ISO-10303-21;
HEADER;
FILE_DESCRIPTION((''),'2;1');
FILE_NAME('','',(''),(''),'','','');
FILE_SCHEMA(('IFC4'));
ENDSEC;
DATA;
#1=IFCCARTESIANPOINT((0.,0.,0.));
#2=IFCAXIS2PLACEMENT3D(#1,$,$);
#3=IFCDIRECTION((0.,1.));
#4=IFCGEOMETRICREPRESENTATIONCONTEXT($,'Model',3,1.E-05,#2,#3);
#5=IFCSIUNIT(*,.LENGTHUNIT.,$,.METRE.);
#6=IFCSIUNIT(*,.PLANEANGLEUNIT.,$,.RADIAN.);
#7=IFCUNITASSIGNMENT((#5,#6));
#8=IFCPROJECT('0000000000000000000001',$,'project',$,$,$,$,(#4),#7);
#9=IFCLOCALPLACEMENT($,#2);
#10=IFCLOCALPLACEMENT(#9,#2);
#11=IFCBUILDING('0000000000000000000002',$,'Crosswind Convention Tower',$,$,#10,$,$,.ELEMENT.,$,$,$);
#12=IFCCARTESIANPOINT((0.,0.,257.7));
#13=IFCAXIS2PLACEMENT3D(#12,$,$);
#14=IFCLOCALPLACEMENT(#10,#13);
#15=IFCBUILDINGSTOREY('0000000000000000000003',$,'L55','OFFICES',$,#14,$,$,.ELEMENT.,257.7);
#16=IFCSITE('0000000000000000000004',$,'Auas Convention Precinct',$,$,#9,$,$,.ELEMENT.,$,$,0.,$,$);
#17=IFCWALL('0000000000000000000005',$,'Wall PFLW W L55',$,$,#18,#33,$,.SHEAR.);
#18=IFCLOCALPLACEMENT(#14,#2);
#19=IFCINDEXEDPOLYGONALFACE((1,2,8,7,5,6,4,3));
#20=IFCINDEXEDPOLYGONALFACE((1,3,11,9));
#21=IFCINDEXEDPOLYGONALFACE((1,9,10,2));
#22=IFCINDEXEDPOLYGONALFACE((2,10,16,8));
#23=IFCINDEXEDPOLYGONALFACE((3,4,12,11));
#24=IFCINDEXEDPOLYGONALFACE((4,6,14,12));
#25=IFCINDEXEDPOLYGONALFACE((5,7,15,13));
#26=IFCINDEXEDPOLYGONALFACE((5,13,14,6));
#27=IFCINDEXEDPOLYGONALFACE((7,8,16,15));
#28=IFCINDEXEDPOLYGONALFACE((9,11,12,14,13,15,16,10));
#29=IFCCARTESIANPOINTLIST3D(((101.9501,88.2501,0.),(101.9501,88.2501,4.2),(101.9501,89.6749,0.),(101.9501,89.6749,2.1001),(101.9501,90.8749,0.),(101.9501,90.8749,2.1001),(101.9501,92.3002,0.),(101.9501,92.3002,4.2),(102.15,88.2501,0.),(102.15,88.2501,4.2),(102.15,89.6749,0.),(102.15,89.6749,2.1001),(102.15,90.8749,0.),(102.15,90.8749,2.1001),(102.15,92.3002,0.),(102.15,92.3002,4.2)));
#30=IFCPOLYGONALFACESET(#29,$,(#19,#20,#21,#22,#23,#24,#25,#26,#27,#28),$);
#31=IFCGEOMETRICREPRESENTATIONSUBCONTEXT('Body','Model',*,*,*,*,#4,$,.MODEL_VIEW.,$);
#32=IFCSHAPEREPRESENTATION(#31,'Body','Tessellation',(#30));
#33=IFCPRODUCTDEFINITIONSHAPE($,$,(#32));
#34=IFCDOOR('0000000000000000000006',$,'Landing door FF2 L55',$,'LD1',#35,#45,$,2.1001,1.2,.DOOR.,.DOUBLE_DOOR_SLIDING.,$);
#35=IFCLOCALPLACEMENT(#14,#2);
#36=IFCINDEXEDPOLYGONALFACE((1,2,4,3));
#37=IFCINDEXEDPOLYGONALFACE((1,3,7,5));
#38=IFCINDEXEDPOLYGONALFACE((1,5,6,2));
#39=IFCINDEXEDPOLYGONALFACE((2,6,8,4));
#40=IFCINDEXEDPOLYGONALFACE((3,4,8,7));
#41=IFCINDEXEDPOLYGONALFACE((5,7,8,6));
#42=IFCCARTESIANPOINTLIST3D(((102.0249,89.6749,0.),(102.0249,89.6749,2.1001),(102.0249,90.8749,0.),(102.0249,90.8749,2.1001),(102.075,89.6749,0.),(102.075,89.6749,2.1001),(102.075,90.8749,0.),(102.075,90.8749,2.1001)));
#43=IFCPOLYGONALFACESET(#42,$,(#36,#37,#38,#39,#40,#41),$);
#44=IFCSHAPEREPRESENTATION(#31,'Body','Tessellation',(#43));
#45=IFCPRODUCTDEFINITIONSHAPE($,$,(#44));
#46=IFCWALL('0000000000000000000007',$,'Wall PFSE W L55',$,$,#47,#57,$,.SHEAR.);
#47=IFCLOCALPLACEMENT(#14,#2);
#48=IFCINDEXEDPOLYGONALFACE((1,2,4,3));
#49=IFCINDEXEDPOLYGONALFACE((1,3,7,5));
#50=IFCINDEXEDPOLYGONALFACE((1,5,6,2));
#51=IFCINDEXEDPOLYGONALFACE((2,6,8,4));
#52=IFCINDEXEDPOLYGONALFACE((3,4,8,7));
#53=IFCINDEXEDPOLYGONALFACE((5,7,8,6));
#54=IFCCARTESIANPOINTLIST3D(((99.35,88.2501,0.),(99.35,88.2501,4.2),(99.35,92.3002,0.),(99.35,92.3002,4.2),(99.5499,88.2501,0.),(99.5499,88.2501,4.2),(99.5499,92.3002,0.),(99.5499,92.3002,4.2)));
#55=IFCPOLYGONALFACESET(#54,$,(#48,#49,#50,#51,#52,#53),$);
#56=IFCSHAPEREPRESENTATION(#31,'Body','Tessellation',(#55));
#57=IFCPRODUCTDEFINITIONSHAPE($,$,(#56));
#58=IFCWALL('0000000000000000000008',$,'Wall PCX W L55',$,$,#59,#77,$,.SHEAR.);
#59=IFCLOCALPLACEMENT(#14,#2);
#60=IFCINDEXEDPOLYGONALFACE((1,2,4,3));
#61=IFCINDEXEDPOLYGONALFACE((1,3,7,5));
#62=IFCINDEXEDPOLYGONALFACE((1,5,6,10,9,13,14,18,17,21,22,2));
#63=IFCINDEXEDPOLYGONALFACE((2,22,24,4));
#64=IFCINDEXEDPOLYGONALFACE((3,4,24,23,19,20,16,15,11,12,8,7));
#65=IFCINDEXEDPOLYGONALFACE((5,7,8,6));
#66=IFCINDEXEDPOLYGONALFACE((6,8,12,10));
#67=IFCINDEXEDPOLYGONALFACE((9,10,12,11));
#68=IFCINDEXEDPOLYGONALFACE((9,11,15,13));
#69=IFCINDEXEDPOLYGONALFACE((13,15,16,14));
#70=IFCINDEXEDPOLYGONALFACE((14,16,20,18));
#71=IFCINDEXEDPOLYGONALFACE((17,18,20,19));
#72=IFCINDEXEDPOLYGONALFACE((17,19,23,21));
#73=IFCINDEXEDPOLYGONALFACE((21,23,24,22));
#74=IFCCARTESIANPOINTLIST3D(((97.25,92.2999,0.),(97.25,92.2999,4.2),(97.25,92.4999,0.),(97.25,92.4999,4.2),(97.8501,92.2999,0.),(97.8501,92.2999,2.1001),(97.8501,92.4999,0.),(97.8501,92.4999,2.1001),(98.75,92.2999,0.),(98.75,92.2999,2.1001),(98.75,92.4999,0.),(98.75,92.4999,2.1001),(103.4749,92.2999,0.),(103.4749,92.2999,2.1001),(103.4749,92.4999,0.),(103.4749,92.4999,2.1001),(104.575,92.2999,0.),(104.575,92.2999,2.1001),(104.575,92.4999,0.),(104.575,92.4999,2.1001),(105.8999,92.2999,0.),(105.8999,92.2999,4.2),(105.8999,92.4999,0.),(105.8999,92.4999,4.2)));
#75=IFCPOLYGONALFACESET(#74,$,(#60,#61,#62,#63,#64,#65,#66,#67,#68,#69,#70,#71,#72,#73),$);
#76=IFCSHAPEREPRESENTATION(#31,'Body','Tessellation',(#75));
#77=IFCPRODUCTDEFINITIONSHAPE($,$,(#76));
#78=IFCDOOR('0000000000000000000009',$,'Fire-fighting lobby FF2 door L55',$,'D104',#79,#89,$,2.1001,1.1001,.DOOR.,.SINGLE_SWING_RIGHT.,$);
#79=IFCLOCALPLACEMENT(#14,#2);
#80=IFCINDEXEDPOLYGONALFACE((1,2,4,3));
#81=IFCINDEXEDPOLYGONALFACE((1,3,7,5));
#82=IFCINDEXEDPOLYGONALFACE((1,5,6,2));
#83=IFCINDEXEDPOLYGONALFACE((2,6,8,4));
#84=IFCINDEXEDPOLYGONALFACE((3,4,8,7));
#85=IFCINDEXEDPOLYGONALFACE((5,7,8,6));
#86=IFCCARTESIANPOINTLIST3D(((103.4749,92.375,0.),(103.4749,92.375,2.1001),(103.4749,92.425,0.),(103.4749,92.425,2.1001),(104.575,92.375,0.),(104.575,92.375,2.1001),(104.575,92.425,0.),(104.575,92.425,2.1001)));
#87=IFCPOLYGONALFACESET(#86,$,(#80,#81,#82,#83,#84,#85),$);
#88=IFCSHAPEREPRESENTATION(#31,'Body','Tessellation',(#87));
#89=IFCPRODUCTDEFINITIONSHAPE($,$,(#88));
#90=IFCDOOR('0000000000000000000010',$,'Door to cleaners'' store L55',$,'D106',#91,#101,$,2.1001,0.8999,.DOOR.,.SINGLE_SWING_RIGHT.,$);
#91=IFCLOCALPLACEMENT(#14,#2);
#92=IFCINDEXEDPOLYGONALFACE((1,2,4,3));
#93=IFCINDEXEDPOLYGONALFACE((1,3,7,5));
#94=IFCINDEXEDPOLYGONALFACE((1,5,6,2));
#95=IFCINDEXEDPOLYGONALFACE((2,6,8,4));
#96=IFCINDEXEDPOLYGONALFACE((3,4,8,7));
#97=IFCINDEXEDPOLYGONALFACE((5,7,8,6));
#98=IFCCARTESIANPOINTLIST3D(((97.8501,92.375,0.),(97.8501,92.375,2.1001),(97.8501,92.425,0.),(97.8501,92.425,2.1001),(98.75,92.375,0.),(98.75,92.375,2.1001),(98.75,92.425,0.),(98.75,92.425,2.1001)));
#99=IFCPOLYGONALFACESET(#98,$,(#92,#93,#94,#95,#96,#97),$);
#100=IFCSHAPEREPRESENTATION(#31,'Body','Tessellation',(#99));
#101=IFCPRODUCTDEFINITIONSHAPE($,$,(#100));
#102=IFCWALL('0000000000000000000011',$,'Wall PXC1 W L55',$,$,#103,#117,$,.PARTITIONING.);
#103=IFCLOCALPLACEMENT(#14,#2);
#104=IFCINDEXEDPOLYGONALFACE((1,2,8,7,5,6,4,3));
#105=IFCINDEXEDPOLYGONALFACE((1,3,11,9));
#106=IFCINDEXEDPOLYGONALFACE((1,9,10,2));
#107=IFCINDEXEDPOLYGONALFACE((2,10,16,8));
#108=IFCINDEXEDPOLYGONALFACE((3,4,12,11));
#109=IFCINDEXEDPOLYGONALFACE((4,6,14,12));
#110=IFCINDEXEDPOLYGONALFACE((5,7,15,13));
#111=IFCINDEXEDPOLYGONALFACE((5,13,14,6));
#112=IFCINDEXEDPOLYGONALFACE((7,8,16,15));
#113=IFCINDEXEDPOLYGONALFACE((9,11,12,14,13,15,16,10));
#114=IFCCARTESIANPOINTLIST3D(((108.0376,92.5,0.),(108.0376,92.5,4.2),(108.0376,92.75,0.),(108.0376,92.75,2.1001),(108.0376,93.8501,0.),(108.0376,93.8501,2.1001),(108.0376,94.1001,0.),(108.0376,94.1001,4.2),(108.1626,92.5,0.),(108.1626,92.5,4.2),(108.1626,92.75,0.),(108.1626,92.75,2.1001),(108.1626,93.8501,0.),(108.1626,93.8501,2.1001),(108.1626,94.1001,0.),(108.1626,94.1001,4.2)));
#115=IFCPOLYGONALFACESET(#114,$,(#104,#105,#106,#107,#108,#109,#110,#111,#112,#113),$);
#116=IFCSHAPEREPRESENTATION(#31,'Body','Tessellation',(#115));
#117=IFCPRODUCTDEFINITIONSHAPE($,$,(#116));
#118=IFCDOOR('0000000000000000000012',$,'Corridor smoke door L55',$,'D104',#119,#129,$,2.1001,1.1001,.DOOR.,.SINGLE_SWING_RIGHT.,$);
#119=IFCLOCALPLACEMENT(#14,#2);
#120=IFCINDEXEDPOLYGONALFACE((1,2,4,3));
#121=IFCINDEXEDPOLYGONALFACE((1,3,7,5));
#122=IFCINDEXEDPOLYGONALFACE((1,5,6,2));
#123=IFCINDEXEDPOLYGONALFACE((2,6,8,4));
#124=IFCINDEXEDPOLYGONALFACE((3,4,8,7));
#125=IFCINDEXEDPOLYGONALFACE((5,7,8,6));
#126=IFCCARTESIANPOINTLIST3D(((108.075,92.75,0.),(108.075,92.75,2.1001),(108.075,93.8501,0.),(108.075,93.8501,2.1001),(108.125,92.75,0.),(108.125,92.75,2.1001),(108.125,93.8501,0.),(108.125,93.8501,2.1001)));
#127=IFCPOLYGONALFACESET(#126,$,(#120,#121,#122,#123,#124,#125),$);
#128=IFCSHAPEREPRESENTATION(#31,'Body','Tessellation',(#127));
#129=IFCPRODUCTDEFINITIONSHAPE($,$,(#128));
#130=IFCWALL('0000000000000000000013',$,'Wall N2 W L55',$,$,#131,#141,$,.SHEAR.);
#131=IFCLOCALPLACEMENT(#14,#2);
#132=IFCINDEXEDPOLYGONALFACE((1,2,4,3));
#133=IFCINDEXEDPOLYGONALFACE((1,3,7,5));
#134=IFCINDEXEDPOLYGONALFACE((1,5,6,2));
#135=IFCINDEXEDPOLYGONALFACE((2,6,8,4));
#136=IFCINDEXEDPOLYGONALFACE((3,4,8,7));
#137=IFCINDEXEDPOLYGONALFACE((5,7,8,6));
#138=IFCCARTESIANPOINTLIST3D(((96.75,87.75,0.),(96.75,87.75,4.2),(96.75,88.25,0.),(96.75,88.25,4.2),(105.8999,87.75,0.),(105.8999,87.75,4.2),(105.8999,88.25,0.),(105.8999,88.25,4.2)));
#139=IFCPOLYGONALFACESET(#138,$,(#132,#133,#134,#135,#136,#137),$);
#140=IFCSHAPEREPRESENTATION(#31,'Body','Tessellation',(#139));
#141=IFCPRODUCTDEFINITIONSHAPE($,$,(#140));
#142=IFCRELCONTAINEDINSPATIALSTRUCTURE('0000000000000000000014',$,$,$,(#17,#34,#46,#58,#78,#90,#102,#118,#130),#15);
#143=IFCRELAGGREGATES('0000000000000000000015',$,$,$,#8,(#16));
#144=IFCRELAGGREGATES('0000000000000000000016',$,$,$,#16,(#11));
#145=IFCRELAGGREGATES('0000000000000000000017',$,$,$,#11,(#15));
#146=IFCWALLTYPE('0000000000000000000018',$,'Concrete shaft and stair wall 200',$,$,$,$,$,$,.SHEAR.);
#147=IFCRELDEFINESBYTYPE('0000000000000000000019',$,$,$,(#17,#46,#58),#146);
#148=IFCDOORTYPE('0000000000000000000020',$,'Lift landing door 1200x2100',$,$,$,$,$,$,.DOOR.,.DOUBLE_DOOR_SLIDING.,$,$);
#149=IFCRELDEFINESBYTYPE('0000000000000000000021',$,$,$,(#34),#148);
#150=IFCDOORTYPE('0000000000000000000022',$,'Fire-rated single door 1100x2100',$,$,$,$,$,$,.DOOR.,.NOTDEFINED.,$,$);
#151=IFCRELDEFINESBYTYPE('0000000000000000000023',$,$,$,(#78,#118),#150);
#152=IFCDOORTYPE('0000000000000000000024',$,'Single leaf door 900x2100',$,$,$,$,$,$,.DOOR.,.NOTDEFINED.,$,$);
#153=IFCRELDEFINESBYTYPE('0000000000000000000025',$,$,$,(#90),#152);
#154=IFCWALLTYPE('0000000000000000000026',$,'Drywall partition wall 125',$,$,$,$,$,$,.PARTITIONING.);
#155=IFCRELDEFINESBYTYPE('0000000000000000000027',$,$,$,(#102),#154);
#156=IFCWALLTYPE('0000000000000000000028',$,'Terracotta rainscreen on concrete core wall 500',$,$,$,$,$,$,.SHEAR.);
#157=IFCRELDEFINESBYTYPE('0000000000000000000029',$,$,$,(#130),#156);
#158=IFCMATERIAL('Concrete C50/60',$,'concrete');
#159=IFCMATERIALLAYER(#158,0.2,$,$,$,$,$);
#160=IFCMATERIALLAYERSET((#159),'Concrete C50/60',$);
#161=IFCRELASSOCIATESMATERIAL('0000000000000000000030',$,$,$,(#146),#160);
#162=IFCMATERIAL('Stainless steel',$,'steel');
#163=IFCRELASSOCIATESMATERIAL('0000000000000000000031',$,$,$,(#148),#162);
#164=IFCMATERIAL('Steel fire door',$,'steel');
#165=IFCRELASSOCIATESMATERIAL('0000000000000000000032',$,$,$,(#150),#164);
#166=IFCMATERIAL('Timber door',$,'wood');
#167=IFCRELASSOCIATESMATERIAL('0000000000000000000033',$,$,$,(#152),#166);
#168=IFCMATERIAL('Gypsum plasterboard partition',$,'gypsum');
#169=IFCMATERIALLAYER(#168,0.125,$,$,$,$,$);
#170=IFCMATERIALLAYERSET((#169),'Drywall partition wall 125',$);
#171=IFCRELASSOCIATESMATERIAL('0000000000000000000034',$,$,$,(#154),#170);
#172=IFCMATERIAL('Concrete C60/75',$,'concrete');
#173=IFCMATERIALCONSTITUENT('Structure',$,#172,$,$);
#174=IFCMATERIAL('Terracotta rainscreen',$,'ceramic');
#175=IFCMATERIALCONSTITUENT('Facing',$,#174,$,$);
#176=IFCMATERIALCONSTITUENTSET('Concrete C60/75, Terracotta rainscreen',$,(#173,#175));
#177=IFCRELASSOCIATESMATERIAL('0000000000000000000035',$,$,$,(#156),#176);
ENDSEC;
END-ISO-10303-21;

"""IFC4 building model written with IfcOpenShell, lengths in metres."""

from ifc_helpers import new_model, si_unit, direction, frame, frame_2d, origin, place, context, subcontext, project, spatial, rectangle, extrude, material, layer, layer_set, constituent, constituent_set, type_object, element, fill, save


model = new_model("IFC4")

# Units and contexts
model_context = context("Model", 3, precision=1e-05, world=origin(), true_north=direction((0.0, 1.0)))
body_context = subcontext(model_context, "Body", "Model", "MODEL_VIEW")
ifc_project = project(units=[si_unit("LENGTHUNIT", "METRE"), si_unit("PLANEANGLEUNIT", "RADIAN")], contexts=[model_context])

# Site, building, storey
site_placement = place(None, origin())
site = spatial("IfcSite", under=ifc_project, at=site_placement, Name="Auas Convention Precinct", CompositionType="ELEMENT", RefElevation=0.0)
building_placement = place(site_placement, origin())
building = spatial("IfcBuilding", under=site, at=building_placement, Name="Crosswind Convention Tower", CompositionType="ELEMENT")
storey_placement = place(building_placement, frame((0.0, 0.0, 257.7)))
storey = spatial("IfcBuildingStorey", under=building, at=storey_placement, Name="L55", Description="OFFICES", CompositionType="ELEMENT", Elevation=257.7)

# Shared definitions
ifc_material_1 = material(Name="Concrete C50/60", Category="concrete")
ifc_layer_1 = layer(ifc_material_1, 0.2)
ifc_layer_set_1 = layer_set([ifc_layer_1], Name="Concrete C50/60")
wall_type_1 = type_object("IfcWallType", Name="Concrete shaft and stair wall 200", PredefinedType="SHEAR", material=ifc_layer_set_1)

# Wall, opening, door
wall_1_placement = place(storey_placement, frame((102.05, 92.3, 0.0), z_axis=(0.0, 0.0, 1.0), x_axis=(0.0, -1.0, 0.0)))
wall_1 = element("IfcWall", 1, at=wall_1_placement, inside=storey, type_object=wall_type_1, Name="Wall PFLW W L55", PredefinedType="SHEAR", context=body_context, shape_type="SweptSolid", body=[
    extrude(rectangle(XDim=4.05, YDim=0.2, at=frame_2d((2.0249, 0.0))), origin(), (0.0, 0.0, 1.0), 4.2),
])
opening_1_placement = place(wall_1_placement, frame((1.425, 0.0, 0.0)))
opening_1 = element("IfcOpeningElement", 2, at=opening_1_placement, cuts=wall_1, PredefinedType="OPENING", context=body_context, shape_type="SweptSolid", body=[
    extrude(rectangle(XDim=1.2, YDim=2.1001, at=frame_2d((0.6001, 1.05))), frame((0.0, 0.1099, 0.0), z_axis=(0.0, -1.0, 0.0), x_axis=(1.0, 0.0, 0.0)), (0.0, 0.0, 1.0), 0.22),
])
ifc_material_2 = material(Name="Stainless steel", Category="steel")
door_type_1 = type_object("IfcDoorType", Name="Lift landing door 1200x2100", OperationType="DOUBLE_DOOR_SLIDING", PredefinedType="DOOR", material=ifc_material_2)
door_1_placement = place(opening_1_placement, origin())
door_1 = element("IfcDoor", 3, at=door_1_placement, inside=storey, type_object=door_type_1, Name="Landing door FF2 L55", ObjectType="LD1", OperationType="DOUBLE_DOOR_SLIDING", OverallHeight=2.1001, OverallWidth=1.2, PredefinedType="DOOR", context=body_context, shape_type="SweptSolid", body=[
    extrude(rectangle(XDim=1.2, YDim=2.1001, at=frame_2d((0.6001, 1.05))), frame((0.0, 0.0249, 0.0), z_axis=(0.0, -1.0, 0.0), x_axis=(1.0, 0.0, 0.0)), (0.0, 0.0, 1.0), 0.05),
])
fill(opening_1, door_1)

# Wall
wall_2_placement = place(storey_placement, frame((99.45, 92.3, 0.0), z_axis=(0.0, 0.0, 1.0), x_axis=(0.0, -1.0, 0.0)))
element("IfcWall", 4, at=wall_2_placement, inside=storey, type_object=wall_type_1, Name="Wall PFSE W L55", PredefinedType="SHEAR", context=body_context, shape_type="SweptSolid", body=[
    extrude(rectangle(XDim=4.05, YDim=0.2, at=frame_2d((2.0249, 0.0))), origin(), (0.0, 0.0, 1.0), 4.2),
])

# Wall, openings, doors
wall_3_placement = place(storey_placement, frame((105.8999, 92.3999, 0.0), z_axis=(0.0, 0.0, 1.0), x_axis=(-1.0, 0.0, 0.0)))
wall_3 = element("IfcWall", 5, at=wall_3_placement, inside=storey, type_object=wall_type_1, Name="Wall PCX W L55", PredefinedType="SHEAR", context=body_context, shape_type="SweptSolid", body=[
    extrude(rectangle(XDim=8.6499, YDim=0.2, at=frame_2d((4.325, 0.0))), origin(), (0.0, 0.0, 1.0), 4.2),
])
opening_2_placement = place(wall_3_placement, frame((1.325, 0.0, 0.0)))
opening_2 = element("IfcOpeningElement", 6, at=opening_2_placement, cuts=wall_3, PredefinedType="OPENING", context=body_context, shape_type="SweptSolid", body=[
    extrude(rectangle(XDim=1.1001, YDim=2.1001, at=frame_2d((0.55, 1.05))), frame((0.0, 0.1099, 0.0), z_axis=(0.0, -1.0, 0.0), x_axis=(1.0, 0.0, 0.0)), (0.0, 0.0, 1.0), 0.22),
])
opening_3_placement = place(wall_3_placement, frame((7.1499, 0.0, 0.0)))
opening_3 = element("IfcOpeningElement", 7, at=opening_3_placement, cuts=wall_3, PredefinedType="OPENING", context=body_context, shape_type="SweptSolid", body=[
    extrude(rectangle(XDim=0.8999, YDim=2.1001, at=frame_2d((0.45, 1.05))), frame((0.0, 0.1099, 0.0), z_axis=(0.0, -1.0, 0.0), x_axis=(1.0, 0.0, 0.0)), (0.0, 0.0, 1.0), 0.22),
])
ifc_material_3 = material(Name="Steel fire door", Category="steel")
door_type_2 = type_object("IfcDoorType", Name="Fire-rated single door 1100x2100", OperationType="NOTDEFINED", PredefinedType="DOOR", material=ifc_material_3)
door_2_placement = place(opening_2_placement, origin())
door_2 = element("IfcDoor", 8, at=door_2_placement, inside=storey, type_object=door_type_2, Name="Fire-fighting lobby FF2 door L55", ObjectType="D104", OperationType="SINGLE_SWING_RIGHT", OverallHeight=2.1001, OverallWidth=1.1001, PredefinedType="DOOR", context=body_context, shape_type="SweptSolid", body=[
    extrude(rectangle(XDim=1.1001, YDim=2.1001, at=frame_2d((0.55, 1.05))), frame((0.0, 0.0249, 0.0), z_axis=(0.0, -1.0, 0.0), x_axis=(1.0, 0.0, 0.0)), (0.0, 0.0, 1.0), 0.05),
])
fill(opening_2, door_2)
ifc_material_4 = material(Name="Timber door", Category="wood")
door_type_3 = type_object("IfcDoorType", Name="Single leaf door 900x2100", OperationType="NOTDEFINED", PredefinedType="DOOR", material=ifc_material_4)
door_3_placement = place(opening_3_placement, origin())
door_3 = element("IfcDoor", 9, at=door_3_placement, inside=storey, type_object=door_type_3, Name="Door to cleaners' store L55", ObjectType="D106", OperationType="SINGLE_SWING_RIGHT", OverallHeight=2.1001, OverallWidth=0.8999, PredefinedType="DOOR", context=body_context, shape_type="SweptSolid", body=[
    extrude(rectangle(XDim=0.8999, YDim=2.1001, at=frame_2d((0.45, 1.05))), frame((0.0, 0.0249, 0.0), z_axis=(0.0, -1.0, 0.0), x_axis=(1.0, 0.0, 0.0)), (0.0, 0.0, 1.0), 0.05),
])
fill(opening_3, door_3)

# Wall, opening, door
ifc_material_5 = material(Name="Gypsum plasterboard partition", Category="gypsum")
ifc_layer_2 = layer(ifc_material_5, 0.125)
ifc_layer_set_2 = layer_set([ifc_layer_2], Name="Drywall partition wall 125")
wall_type_2 = type_object("IfcWallType", Name="Drywall partition wall 125", PredefinedType="PARTITIONING", material=ifc_layer_set_2)
wall_4_placement = place(storey_placement, frame((108.1001, 94.1001, 0.0), z_axis=(0.0, 0.0, 1.0), x_axis=(0.0, -1.0, 0.0)))
wall_4 = element("IfcWall", 10, at=wall_4_placement, inside=storey, type_object=wall_type_2, Name="Wall PXC1 W L55", PredefinedType="PARTITIONING", context=body_context, shape_type="SweptSolid", body=[
    extrude(rectangle(XDim=1.6001, YDim=0.125, at=frame_2d((0.8, 0.0))), origin(), (0.0, 0.0, 1.0), 4.2),
])
opening_4_placement = place(wall_4_placement, frame((0.25, 0.0, 0.0)))
opening_4 = element("IfcOpeningElement", 11, at=opening_4_placement, cuts=wall_4, PredefinedType="OPENING", context=body_context, shape_type="SweptSolid", body=[
    extrude(rectangle(XDim=1.1001, YDim=2.1001, at=frame_2d((0.55, 1.05))), frame((0.0, 0.0725, 0.0), z_axis=(0.0, -1.0, 0.0), x_axis=(1.0, 0.0, 0.0)), (0.0, 0.0, 1.0), 0.145),
])
door_4_placement = place(opening_4_placement, origin())
door_4 = element("IfcDoor", 12, at=door_4_placement, inside=storey, type_object=door_type_2, Name="Corridor smoke door L55", ObjectType="D104", OperationType="SINGLE_SWING_RIGHT", OverallHeight=2.1001, OverallWidth=1.1001, PredefinedType="DOOR", context=body_context, shape_type="SweptSolid", body=[
    extrude(rectangle(XDim=1.1001, YDim=2.1001, at=frame_2d((0.55, 1.05))), frame((0.0, 0.0249, 0.0), z_axis=(0.0, -1.0, 0.0), x_axis=(1.0, 0.0, 0.0)), (0.0, 0.0, 1.0), 0.05),
])
fill(opening_4, door_4)

# Wall
ifc_material_6 = material(Name="Concrete C60/75", Category="concrete")
ifc_constituent_1 = constituent(ifc_material_6, Name="Structure")
ifc_material_7 = material(Name="Terracotta rainscreen", Category="ceramic")
ifc_constituent_2 = constituent(ifc_material_7, Name="Facing")
ifc_constituent_set = constituent_set(constituents=[ifc_constituent_1, ifc_constituent_2], Name="Concrete C60/75, Terracotta rainscreen")
wall_type_3 = type_object("IfcWallType", Name="Terracotta rainscreen on concrete core wall 500", PredefinedType="SHEAR", material=ifc_constituent_set)
wall_5_placement = place(storey_placement, frame((105.8999, 88.0, 0.0), z_axis=(0.0, 0.0, 1.0), x_axis=(-1.0, 0.0, 0.0)))
element("IfcWall", 13, at=wall_5_placement, inside=storey, type_object=wall_type_3, Name="Wall N2 W L55", PredefinedType="SHEAR", context=body_context, shape_type="SweptSolid", body=[
    extrude(rectangle(XDim=9.1499, YDim=0.5, at=frame_2d((4.575, 0.0))), origin(), (0.0, 0.0, 1.0), 4.2),
])

save(model, "model.ifc")
